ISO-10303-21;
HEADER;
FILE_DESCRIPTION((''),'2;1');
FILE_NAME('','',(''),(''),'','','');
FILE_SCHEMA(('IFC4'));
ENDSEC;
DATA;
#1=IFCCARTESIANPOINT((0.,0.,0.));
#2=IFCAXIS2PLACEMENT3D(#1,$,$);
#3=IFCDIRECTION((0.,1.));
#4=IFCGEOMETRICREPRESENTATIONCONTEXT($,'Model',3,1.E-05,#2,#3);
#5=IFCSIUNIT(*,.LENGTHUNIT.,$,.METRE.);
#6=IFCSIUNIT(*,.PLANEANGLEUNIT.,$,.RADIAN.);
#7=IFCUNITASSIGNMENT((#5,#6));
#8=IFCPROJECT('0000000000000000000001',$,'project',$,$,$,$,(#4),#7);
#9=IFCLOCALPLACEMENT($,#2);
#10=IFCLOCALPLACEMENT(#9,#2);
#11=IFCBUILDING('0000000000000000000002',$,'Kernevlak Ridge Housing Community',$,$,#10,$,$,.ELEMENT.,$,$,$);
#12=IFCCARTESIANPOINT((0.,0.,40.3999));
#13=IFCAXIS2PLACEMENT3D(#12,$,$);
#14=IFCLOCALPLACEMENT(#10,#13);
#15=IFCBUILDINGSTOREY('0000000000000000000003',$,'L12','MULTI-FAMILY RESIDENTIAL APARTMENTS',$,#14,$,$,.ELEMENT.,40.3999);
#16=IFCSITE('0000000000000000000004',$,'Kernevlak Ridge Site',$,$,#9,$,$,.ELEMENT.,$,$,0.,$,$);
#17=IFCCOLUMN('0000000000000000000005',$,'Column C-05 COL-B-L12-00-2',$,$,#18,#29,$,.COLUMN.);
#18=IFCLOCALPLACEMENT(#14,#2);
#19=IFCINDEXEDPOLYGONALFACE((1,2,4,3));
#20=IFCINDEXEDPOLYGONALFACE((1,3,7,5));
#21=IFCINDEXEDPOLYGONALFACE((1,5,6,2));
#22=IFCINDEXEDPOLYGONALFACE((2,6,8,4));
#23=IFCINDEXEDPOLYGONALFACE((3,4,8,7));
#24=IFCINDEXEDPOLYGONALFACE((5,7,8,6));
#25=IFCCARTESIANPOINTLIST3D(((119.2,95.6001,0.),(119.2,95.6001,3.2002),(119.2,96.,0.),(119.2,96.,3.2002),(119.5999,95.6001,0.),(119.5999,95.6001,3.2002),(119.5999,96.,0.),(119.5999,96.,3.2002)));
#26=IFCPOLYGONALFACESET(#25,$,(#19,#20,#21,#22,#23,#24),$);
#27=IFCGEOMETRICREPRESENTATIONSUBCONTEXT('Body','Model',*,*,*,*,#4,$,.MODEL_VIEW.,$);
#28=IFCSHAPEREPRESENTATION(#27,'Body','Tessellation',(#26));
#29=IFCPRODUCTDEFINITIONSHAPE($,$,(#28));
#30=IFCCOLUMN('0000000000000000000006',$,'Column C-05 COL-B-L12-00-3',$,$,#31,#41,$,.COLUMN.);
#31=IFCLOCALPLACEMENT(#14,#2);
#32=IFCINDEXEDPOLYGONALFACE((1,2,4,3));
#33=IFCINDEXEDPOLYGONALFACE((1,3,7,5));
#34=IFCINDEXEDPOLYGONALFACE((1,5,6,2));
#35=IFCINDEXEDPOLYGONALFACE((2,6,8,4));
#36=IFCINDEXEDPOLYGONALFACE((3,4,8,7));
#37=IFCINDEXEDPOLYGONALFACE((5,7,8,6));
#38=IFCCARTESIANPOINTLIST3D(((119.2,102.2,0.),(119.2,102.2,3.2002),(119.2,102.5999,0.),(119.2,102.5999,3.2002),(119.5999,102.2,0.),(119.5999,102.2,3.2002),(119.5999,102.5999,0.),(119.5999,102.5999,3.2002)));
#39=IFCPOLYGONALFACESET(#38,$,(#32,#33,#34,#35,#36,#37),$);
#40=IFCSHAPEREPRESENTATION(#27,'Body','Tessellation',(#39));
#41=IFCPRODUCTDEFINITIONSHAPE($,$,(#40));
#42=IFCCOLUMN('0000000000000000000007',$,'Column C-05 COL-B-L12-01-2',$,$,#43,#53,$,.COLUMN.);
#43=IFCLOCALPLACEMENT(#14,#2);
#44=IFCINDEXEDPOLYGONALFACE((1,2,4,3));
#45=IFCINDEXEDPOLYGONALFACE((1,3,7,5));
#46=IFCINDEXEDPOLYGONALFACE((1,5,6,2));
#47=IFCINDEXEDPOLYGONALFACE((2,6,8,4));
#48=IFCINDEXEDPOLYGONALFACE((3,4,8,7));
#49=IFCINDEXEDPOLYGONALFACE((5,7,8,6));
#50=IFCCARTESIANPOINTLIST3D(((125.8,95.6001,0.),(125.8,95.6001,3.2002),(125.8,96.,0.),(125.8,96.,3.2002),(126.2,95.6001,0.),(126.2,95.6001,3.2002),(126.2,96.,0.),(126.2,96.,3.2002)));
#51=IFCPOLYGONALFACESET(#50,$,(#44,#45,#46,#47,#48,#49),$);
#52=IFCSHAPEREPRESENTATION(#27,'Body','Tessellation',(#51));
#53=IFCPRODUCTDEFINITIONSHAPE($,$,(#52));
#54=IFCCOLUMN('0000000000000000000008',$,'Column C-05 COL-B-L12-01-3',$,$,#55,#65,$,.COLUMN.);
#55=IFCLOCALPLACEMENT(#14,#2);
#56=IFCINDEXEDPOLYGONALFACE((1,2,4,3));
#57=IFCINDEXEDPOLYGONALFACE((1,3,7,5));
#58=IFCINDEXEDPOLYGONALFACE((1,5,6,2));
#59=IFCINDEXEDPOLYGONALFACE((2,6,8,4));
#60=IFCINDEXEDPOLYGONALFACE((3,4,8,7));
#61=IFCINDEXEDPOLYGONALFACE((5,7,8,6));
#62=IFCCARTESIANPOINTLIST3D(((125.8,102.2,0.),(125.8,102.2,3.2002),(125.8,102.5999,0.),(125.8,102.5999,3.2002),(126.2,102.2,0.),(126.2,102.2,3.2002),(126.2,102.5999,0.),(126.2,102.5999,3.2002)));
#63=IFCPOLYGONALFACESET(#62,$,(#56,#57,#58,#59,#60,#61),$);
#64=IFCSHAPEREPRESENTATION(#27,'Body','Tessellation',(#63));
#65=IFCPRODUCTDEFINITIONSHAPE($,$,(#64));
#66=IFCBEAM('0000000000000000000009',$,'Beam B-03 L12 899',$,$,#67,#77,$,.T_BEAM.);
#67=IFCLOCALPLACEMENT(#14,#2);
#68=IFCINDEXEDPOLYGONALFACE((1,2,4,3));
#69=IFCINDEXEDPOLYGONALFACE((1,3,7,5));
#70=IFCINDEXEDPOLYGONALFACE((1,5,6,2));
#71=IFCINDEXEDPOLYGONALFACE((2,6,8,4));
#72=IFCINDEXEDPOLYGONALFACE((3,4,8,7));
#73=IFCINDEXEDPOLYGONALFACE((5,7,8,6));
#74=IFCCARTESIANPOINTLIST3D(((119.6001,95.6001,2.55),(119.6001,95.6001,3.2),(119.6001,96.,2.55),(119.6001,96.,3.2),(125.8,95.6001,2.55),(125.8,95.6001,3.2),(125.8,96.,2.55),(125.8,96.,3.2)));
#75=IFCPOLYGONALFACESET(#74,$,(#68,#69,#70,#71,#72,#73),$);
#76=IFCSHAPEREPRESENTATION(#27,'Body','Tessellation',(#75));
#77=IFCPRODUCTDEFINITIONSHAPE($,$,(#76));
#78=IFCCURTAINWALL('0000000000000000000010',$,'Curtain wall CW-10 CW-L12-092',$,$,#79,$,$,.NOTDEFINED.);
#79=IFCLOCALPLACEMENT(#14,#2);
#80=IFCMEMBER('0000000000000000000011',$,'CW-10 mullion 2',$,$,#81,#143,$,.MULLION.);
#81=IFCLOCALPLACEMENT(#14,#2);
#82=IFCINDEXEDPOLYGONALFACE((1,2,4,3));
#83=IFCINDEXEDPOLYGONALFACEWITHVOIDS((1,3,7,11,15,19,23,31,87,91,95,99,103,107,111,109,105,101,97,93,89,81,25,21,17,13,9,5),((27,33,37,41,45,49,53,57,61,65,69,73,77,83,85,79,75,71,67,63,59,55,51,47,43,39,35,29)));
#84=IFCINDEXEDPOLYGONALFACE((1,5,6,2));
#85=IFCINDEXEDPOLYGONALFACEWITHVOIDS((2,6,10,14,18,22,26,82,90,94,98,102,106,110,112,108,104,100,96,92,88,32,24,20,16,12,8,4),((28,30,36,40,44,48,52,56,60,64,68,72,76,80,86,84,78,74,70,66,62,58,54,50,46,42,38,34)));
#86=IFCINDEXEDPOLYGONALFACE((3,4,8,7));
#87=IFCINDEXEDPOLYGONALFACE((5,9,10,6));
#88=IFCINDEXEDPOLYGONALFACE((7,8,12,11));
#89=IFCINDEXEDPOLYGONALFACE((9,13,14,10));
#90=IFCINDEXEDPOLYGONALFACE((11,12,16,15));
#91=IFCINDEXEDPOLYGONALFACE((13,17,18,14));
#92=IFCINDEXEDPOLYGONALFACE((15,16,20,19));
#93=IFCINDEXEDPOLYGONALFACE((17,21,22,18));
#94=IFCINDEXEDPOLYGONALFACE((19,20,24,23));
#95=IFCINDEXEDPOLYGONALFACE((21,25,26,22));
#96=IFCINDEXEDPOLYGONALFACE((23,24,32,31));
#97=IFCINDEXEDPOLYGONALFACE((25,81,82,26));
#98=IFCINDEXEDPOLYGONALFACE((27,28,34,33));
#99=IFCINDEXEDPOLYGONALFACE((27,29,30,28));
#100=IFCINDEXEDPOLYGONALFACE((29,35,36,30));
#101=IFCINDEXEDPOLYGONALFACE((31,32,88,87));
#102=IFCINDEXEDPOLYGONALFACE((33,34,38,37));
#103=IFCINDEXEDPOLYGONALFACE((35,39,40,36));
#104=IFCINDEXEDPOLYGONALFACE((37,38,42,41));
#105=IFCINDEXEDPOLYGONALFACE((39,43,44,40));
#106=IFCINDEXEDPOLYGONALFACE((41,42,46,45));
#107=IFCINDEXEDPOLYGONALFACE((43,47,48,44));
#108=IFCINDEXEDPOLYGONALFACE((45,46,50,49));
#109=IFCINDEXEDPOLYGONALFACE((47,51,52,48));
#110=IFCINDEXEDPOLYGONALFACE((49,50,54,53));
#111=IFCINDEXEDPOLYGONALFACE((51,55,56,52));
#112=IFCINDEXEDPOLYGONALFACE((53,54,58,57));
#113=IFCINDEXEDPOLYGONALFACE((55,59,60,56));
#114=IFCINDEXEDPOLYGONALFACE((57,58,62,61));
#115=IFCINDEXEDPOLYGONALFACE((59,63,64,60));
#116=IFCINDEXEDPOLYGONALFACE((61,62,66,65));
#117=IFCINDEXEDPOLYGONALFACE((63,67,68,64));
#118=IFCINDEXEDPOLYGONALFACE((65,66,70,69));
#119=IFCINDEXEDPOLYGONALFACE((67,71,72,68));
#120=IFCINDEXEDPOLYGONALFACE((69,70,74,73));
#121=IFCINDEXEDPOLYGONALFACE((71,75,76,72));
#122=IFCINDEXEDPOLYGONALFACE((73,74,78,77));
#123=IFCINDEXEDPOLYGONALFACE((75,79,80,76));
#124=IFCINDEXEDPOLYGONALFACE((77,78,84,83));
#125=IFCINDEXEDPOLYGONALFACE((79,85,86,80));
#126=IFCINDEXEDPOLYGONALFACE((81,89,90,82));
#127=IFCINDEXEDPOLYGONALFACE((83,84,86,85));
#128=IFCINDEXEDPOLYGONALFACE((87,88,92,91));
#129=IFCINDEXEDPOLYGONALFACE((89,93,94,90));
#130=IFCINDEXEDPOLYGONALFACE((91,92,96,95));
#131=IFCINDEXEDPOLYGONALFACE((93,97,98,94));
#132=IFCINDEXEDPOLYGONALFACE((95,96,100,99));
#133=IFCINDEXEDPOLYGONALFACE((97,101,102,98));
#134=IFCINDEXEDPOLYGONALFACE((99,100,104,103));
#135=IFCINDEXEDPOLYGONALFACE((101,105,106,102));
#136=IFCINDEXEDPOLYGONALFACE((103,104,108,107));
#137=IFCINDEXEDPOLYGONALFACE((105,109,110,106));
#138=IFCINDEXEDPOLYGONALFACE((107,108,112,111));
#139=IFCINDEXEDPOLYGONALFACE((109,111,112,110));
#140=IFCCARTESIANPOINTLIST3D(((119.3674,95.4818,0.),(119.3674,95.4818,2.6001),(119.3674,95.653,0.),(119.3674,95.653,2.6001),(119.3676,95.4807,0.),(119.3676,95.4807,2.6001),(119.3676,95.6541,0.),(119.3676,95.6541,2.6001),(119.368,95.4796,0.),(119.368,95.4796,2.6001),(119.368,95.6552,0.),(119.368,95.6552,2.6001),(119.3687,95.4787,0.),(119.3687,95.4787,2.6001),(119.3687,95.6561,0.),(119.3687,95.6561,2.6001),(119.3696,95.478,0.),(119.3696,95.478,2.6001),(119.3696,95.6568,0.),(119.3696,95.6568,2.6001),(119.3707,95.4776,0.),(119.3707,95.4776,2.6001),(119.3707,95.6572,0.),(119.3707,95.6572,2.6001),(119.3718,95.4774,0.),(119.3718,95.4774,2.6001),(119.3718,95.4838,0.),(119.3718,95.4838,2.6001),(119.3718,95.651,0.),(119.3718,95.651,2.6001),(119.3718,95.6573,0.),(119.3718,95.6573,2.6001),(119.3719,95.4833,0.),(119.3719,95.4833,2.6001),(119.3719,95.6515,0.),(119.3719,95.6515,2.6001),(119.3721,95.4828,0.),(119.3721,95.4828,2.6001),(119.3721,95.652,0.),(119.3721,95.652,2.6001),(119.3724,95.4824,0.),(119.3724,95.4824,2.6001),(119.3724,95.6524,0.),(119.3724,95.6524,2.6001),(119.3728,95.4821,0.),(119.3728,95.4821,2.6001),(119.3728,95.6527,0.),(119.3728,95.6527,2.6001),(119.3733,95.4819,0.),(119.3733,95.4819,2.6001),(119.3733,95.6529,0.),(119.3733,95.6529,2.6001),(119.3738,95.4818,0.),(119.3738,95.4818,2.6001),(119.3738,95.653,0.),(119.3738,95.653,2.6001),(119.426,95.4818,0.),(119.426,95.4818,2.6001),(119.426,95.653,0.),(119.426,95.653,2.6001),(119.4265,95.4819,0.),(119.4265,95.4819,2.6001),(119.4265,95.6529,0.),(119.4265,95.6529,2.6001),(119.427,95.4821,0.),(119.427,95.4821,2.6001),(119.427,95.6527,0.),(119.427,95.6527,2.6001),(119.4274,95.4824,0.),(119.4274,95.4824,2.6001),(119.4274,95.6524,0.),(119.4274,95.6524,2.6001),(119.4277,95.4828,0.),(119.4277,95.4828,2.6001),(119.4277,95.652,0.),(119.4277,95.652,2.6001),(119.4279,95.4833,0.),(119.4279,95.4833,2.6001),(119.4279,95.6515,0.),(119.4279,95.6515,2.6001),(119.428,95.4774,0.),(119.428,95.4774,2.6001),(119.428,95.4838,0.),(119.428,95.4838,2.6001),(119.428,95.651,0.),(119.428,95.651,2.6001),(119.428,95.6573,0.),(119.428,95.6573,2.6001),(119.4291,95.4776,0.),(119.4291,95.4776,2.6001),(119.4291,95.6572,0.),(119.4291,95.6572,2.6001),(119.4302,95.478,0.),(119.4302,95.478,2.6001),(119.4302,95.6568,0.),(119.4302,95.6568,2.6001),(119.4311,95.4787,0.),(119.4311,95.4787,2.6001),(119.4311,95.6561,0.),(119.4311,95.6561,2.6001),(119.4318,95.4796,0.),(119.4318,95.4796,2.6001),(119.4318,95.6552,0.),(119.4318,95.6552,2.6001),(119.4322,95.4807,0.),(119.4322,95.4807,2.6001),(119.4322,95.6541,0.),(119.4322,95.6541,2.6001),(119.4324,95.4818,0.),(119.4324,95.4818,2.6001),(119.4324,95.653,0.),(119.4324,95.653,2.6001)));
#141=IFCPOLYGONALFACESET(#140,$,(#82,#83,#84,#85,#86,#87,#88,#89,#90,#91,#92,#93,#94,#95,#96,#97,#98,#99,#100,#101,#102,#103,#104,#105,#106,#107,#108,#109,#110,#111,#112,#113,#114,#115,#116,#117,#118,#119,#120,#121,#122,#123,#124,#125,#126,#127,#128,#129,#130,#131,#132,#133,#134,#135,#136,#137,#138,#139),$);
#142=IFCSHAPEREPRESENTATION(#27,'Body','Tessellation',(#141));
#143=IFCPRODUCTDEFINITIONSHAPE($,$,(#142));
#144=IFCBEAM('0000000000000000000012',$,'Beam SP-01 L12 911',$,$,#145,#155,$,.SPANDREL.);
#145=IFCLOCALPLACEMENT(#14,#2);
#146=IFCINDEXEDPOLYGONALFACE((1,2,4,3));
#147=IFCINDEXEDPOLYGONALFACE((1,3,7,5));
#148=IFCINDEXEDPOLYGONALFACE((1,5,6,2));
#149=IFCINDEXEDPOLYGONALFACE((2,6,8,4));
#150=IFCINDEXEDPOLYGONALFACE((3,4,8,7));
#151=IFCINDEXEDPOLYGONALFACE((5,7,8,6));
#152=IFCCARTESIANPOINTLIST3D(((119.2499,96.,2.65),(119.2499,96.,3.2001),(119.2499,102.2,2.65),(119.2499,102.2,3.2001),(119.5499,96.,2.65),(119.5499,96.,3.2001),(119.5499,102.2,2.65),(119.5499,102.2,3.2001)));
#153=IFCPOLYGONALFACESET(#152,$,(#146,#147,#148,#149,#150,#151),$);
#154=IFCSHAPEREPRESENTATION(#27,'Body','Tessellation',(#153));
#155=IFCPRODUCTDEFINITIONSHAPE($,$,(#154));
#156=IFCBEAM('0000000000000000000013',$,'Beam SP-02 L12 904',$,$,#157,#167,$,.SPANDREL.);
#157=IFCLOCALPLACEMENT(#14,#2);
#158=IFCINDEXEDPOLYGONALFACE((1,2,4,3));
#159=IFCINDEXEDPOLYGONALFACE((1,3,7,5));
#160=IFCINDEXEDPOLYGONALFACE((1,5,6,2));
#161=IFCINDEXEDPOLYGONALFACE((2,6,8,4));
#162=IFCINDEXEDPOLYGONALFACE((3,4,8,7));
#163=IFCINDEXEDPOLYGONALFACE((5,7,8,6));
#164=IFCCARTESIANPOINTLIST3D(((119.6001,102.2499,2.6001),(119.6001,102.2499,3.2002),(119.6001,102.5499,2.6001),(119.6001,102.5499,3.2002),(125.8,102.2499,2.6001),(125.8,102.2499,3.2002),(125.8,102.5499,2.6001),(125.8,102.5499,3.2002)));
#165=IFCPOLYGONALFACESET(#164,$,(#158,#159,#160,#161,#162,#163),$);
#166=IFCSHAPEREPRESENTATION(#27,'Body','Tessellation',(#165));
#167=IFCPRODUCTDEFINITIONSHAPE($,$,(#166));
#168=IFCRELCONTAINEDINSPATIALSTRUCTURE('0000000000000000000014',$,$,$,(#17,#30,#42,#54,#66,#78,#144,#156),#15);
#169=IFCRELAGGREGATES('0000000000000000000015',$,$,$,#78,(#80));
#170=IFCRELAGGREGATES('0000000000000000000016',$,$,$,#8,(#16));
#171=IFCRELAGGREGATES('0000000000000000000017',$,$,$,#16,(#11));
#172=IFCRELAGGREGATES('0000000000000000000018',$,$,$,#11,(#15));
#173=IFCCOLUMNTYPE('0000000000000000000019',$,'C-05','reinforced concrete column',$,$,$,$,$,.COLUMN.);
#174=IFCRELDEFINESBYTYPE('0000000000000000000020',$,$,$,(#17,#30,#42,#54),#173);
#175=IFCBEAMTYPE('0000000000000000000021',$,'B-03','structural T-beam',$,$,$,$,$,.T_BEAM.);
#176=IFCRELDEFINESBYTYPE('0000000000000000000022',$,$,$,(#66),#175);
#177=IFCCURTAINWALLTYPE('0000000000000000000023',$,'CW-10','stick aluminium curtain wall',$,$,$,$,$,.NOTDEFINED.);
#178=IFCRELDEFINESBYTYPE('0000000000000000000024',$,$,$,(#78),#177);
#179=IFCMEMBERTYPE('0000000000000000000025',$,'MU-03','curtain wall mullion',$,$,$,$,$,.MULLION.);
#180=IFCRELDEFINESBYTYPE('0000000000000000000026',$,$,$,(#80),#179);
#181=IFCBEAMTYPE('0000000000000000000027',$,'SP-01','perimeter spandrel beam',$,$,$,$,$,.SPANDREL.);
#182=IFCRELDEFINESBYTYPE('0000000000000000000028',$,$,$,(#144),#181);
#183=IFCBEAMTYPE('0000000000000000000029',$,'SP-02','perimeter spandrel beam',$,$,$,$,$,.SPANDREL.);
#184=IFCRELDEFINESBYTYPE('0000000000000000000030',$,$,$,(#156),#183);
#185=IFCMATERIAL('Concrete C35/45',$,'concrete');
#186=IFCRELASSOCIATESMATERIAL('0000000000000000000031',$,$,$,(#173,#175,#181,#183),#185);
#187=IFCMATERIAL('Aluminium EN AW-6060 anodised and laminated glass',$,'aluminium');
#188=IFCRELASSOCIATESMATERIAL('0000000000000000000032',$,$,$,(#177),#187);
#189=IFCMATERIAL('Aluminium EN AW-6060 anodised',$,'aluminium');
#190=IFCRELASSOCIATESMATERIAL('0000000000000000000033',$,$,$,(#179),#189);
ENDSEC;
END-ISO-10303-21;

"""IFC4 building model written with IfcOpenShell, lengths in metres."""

from ifc_helpers import new_model, si_unit, direction, frame, origin, origin_2d, place, context, subcontext, project, spatial, rectangle, hollow_rectangle, extrude, material, material_profile, profile_set, type_object, element, aggregate, save


model = new_model("IFC4")

# Units and contexts
model_context = context("Model", 3, precision=1e-05, world=origin(), true_north=direction((0.0, 1.0)))
body_context = subcontext(model_context, "Body", "Model", "MODEL_VIEW")
ifc_project = project(units=[si_unit("LENGTHUNIT", "METRE"), si_unit("PLANEANGLEUNIT", "RADIAN")], contexts=[model_context])

# Site, building, storey
site_placement = place(None, origin())
site = spatial("IfcSite", under=ifc_project, at=site_placement, Name="Kernevlak Ridge Site", CompositionType="ELEMENT", RefElevation=0.0)
building_placement = place(site_placement, origin())
building = spatial("IfcBuilding", under=site, at=building_placement, Name="Kernevlak Ridge Housing Community", CompositionType="ELEMENT")
storey_placement = place(building_placement, frame((0.0, 0.0, 40.3999)))
storey = spatial("IfcBuildingStorey", under=building, at=storey_placement, Name="L12", Description="MULTI-FAMILY RESIDENTIAL APARTMENTS", CompositionType="ELEMENT", Elevation=40.3999)

# Columns
ifc_material_1 = material(Name="Concrete C35/45", Category="concrete")
ifc_material_profile_1 = material_profile(ifc_material_1, rectangle(XDim=0.3999, YDim=0.3999, at=origin_2d()), Name="RC 400x400")
ifc_profile_set_1 = profile_set([ifc_material_profile_1], Name="Concrete C35/45")
column_type = type_object("IfcColumnType", Name="C-05", Description="reinforced concrete column", PredefinedType="COLUMN", material=ifc_profile_set_1)
for number, where, z_axis, x_axis, name in (
    (1, (119.3999, 95.8, 0.0), (0.0, 0.0, 1.0), (1.0, 0.0, 0.0), "Column C-05 COL-B-L12-00-2"),
    (2, (119.3999, 102.3999, 0.0), (0.0, 0.0, 1.0), (1.0, 0.0, 0.0), "Column C-05 COL-B-L12-00-3"),
    (3, (126.0, 95.8, 0.0), (0.0, 0.0, 1.0), (1.0, 0.0, 0.0), "Column C-05 COL-B-L12-01-2"),
    (4, (126.0, 102.3999, 0.0), (0.0, 0.0, 1.0), (1.0, 0.0, 0.0), "Column C-05 COL-B-L12-01-3"),
):
    element("IfcColumn", number, at=place(storey_placement, frame(where, z_axis=z_axis, x_axis=x_axis)), inside=storey, type_object=column_type, Name=name, PredefinedType="COLUMN", context=body_context, shape_type="SweptSolid", body=[
        extrude(rectangle(XDim=0.3999, YDim=0.3999, at=origin_2d()), origin(), (0.0, 0.0, 1.0), 3.2002),
    ])

# Beam
ifc_material_profile_2 = material_profile(ifc_material_1, rectangle(XDim=0.3999, YDim=0.6499, at=origin_2d()), Name="RC 400x650")
ifc_profile_set_2 = profile_set([ifc_material_profile_2], Name="Concrete C35/45")
beam_type_1 = type_object("IfcBeamType", Name="B-03", Description="structural T-beam", PredefinedType="T_BEAM", material=ifc_profile_set_2)
beam_1_placement = place(storey_placement, frame((119.6001, 95.8, 2.875), z_axis=(1.0, 0.0, 0.0), x_axis=(0.0, 1.0, 0.0)))
element("IfcBeam", 5, at=beam_1_placement, inside=storey, type_object=beam_type_1, Name="Beam B-03 L12 899", PredefinedType="T_BEAM", context=body_context, shape_type="SweptSolid", body=[
    extrude(rectangle(XDim=0.3999, YDim=0.6499, at=origin_2d()), origin(), (0.0, 0.0, 1.0), 6.2),
])

# Curtain wall, member
ifc_material_2 = material(Name="Aluminium EN AW-6060 anodised and laminated glass", Category="aluminium")
curtain_wall_type = type_object("IfcCurtainWallType", Name="CW-10", Description="stick aluminium curtain wall", PredefinedType="NOTDEFINED", material=ifc_material_2)
curtain_wall_placement = place(storey_placement, origin())
curtain_wall = element("IfcCurtainWall", 6, at=curtain_wall_placement, inside=storey, type_object=curtain_wall_type, Name="Curtain wall CW-10 CW-L12-092", PredefinedType="NOTDEFINED")
ifc_material_3 = material(Name="Aluminium EN AW-6060 anodised", Category="aluminium")
ifc_material_profile_3 = material_profile(ifc_material_3, hollow_rectangle(XDim=0.0649, YDim=0.1799, WallThickness=0.0044, InnerFilletRadius=0.002, OuterFilletRadius=0.0044, at=origin_2d()), Name="ALU 65x180x4.5")
ifc_profile_set_3 = profile_set([ifc_material_profile_3], Name="Aluminium EN AW-6060 anodised")
member_type = type_object("IfcMemberType", Name="MU-03", Description="curtain wall mullion", PredefinedType="MULLION", material=ifc_profile_set_3)
member_placement = place(storey_placement, frame((119.3999, 95.5674, 0.0), z_axis=(0.0, 0.0, 1.0), x_axis=(-1.0, 0.0, 0.0)))
member = element("IfcMember", 7, at=member_placement, type_object=member_type, Name="CW-10 mullion 2", PredefinedType="MULLION", context=body_context, shape_type="SweptSolid", body=[
    extrude(hollow_rectangle(XDim=0.0649, YDim=0.1799, WallThickness=0.0044, InnerFilletRadius=0.002, OuterFilletRadius=0.0044, at=origin_2d()), origin(), (0.0, 0.0, 1.0), 2.6001),
])
aggregate(curtain_wall, [member])

# Beams
ifc_material_profile_4 = material_profile(ifc_material_1, rectangle(XDim=0.3, YDim=0.55, at=origin_2d()), Name="RC 300x550")
ifc_profile_set_4 = profile_set([ifc_material_profile_4], Name="Concrete C35/45")
beam_type_2 = type_object("IfcBeamType", Name="SP-01", Description="perimeter spandrel beam", PredefinedType="SPANDREL", material=ifc_profile_set_4)
beam_2_placement = place(storey_placement, frame((119.3999, 96.0, 2.925), z_axis=(0.0, 1.0, 0.0), x_axis=(-1.0, 0.0, 0.0)))
element("IfcBeam", 8, at=beam_2_placement, inside=storey, type_object=beam_type_2, Name="Beam SP-01 L12 911", PredefinedType="SPANDREL", context=body_context, shape_type="SweptSolid", body=[
    extrude(rectangle(XDim=0.3, YDim=0.55, at=origin_2d()), origin(), (0.0, 0.0, 1.0), 6.2),
])
ifc_material_profile_5 = material_profile(ifc_material_1, rectangle(XDim=0.3, YDim=0.6001, at=origin_2d()), Name="RC 300x600")
ifc_profile_set_5 = profile_set([ifc_material_profile_5], Name="Concrete C35/45")
beam_type_3 = type_object("IfcBeamType", Name="SP-02", Description="perimeter spandrel beam", PredefinedType="SPANDREL", material=ifc_profile_set_5)
beam_3_placement = place(storey_placement, frame((119.6001, 102.3999, 2.9001), z_axis=(1.0, 0.0, 0.0), x_axis=(0.0, 1.0, 0.0)))
element("IfcBeam", 9, at=beam_3_placement, inside=storey, type_object=beam_type_3, Name="Beam SP-02 L12 904", PredefinedType="SPANDREL", context=body_context, shape_type="SweptSolid", body=[
    extrude(rectangle(XDim=0.3, YDim=0.6001, at=origin_2d()), origin(), (0.0, 0.0, 1.0), 6.2),
])

save(model, "model.ifc")
